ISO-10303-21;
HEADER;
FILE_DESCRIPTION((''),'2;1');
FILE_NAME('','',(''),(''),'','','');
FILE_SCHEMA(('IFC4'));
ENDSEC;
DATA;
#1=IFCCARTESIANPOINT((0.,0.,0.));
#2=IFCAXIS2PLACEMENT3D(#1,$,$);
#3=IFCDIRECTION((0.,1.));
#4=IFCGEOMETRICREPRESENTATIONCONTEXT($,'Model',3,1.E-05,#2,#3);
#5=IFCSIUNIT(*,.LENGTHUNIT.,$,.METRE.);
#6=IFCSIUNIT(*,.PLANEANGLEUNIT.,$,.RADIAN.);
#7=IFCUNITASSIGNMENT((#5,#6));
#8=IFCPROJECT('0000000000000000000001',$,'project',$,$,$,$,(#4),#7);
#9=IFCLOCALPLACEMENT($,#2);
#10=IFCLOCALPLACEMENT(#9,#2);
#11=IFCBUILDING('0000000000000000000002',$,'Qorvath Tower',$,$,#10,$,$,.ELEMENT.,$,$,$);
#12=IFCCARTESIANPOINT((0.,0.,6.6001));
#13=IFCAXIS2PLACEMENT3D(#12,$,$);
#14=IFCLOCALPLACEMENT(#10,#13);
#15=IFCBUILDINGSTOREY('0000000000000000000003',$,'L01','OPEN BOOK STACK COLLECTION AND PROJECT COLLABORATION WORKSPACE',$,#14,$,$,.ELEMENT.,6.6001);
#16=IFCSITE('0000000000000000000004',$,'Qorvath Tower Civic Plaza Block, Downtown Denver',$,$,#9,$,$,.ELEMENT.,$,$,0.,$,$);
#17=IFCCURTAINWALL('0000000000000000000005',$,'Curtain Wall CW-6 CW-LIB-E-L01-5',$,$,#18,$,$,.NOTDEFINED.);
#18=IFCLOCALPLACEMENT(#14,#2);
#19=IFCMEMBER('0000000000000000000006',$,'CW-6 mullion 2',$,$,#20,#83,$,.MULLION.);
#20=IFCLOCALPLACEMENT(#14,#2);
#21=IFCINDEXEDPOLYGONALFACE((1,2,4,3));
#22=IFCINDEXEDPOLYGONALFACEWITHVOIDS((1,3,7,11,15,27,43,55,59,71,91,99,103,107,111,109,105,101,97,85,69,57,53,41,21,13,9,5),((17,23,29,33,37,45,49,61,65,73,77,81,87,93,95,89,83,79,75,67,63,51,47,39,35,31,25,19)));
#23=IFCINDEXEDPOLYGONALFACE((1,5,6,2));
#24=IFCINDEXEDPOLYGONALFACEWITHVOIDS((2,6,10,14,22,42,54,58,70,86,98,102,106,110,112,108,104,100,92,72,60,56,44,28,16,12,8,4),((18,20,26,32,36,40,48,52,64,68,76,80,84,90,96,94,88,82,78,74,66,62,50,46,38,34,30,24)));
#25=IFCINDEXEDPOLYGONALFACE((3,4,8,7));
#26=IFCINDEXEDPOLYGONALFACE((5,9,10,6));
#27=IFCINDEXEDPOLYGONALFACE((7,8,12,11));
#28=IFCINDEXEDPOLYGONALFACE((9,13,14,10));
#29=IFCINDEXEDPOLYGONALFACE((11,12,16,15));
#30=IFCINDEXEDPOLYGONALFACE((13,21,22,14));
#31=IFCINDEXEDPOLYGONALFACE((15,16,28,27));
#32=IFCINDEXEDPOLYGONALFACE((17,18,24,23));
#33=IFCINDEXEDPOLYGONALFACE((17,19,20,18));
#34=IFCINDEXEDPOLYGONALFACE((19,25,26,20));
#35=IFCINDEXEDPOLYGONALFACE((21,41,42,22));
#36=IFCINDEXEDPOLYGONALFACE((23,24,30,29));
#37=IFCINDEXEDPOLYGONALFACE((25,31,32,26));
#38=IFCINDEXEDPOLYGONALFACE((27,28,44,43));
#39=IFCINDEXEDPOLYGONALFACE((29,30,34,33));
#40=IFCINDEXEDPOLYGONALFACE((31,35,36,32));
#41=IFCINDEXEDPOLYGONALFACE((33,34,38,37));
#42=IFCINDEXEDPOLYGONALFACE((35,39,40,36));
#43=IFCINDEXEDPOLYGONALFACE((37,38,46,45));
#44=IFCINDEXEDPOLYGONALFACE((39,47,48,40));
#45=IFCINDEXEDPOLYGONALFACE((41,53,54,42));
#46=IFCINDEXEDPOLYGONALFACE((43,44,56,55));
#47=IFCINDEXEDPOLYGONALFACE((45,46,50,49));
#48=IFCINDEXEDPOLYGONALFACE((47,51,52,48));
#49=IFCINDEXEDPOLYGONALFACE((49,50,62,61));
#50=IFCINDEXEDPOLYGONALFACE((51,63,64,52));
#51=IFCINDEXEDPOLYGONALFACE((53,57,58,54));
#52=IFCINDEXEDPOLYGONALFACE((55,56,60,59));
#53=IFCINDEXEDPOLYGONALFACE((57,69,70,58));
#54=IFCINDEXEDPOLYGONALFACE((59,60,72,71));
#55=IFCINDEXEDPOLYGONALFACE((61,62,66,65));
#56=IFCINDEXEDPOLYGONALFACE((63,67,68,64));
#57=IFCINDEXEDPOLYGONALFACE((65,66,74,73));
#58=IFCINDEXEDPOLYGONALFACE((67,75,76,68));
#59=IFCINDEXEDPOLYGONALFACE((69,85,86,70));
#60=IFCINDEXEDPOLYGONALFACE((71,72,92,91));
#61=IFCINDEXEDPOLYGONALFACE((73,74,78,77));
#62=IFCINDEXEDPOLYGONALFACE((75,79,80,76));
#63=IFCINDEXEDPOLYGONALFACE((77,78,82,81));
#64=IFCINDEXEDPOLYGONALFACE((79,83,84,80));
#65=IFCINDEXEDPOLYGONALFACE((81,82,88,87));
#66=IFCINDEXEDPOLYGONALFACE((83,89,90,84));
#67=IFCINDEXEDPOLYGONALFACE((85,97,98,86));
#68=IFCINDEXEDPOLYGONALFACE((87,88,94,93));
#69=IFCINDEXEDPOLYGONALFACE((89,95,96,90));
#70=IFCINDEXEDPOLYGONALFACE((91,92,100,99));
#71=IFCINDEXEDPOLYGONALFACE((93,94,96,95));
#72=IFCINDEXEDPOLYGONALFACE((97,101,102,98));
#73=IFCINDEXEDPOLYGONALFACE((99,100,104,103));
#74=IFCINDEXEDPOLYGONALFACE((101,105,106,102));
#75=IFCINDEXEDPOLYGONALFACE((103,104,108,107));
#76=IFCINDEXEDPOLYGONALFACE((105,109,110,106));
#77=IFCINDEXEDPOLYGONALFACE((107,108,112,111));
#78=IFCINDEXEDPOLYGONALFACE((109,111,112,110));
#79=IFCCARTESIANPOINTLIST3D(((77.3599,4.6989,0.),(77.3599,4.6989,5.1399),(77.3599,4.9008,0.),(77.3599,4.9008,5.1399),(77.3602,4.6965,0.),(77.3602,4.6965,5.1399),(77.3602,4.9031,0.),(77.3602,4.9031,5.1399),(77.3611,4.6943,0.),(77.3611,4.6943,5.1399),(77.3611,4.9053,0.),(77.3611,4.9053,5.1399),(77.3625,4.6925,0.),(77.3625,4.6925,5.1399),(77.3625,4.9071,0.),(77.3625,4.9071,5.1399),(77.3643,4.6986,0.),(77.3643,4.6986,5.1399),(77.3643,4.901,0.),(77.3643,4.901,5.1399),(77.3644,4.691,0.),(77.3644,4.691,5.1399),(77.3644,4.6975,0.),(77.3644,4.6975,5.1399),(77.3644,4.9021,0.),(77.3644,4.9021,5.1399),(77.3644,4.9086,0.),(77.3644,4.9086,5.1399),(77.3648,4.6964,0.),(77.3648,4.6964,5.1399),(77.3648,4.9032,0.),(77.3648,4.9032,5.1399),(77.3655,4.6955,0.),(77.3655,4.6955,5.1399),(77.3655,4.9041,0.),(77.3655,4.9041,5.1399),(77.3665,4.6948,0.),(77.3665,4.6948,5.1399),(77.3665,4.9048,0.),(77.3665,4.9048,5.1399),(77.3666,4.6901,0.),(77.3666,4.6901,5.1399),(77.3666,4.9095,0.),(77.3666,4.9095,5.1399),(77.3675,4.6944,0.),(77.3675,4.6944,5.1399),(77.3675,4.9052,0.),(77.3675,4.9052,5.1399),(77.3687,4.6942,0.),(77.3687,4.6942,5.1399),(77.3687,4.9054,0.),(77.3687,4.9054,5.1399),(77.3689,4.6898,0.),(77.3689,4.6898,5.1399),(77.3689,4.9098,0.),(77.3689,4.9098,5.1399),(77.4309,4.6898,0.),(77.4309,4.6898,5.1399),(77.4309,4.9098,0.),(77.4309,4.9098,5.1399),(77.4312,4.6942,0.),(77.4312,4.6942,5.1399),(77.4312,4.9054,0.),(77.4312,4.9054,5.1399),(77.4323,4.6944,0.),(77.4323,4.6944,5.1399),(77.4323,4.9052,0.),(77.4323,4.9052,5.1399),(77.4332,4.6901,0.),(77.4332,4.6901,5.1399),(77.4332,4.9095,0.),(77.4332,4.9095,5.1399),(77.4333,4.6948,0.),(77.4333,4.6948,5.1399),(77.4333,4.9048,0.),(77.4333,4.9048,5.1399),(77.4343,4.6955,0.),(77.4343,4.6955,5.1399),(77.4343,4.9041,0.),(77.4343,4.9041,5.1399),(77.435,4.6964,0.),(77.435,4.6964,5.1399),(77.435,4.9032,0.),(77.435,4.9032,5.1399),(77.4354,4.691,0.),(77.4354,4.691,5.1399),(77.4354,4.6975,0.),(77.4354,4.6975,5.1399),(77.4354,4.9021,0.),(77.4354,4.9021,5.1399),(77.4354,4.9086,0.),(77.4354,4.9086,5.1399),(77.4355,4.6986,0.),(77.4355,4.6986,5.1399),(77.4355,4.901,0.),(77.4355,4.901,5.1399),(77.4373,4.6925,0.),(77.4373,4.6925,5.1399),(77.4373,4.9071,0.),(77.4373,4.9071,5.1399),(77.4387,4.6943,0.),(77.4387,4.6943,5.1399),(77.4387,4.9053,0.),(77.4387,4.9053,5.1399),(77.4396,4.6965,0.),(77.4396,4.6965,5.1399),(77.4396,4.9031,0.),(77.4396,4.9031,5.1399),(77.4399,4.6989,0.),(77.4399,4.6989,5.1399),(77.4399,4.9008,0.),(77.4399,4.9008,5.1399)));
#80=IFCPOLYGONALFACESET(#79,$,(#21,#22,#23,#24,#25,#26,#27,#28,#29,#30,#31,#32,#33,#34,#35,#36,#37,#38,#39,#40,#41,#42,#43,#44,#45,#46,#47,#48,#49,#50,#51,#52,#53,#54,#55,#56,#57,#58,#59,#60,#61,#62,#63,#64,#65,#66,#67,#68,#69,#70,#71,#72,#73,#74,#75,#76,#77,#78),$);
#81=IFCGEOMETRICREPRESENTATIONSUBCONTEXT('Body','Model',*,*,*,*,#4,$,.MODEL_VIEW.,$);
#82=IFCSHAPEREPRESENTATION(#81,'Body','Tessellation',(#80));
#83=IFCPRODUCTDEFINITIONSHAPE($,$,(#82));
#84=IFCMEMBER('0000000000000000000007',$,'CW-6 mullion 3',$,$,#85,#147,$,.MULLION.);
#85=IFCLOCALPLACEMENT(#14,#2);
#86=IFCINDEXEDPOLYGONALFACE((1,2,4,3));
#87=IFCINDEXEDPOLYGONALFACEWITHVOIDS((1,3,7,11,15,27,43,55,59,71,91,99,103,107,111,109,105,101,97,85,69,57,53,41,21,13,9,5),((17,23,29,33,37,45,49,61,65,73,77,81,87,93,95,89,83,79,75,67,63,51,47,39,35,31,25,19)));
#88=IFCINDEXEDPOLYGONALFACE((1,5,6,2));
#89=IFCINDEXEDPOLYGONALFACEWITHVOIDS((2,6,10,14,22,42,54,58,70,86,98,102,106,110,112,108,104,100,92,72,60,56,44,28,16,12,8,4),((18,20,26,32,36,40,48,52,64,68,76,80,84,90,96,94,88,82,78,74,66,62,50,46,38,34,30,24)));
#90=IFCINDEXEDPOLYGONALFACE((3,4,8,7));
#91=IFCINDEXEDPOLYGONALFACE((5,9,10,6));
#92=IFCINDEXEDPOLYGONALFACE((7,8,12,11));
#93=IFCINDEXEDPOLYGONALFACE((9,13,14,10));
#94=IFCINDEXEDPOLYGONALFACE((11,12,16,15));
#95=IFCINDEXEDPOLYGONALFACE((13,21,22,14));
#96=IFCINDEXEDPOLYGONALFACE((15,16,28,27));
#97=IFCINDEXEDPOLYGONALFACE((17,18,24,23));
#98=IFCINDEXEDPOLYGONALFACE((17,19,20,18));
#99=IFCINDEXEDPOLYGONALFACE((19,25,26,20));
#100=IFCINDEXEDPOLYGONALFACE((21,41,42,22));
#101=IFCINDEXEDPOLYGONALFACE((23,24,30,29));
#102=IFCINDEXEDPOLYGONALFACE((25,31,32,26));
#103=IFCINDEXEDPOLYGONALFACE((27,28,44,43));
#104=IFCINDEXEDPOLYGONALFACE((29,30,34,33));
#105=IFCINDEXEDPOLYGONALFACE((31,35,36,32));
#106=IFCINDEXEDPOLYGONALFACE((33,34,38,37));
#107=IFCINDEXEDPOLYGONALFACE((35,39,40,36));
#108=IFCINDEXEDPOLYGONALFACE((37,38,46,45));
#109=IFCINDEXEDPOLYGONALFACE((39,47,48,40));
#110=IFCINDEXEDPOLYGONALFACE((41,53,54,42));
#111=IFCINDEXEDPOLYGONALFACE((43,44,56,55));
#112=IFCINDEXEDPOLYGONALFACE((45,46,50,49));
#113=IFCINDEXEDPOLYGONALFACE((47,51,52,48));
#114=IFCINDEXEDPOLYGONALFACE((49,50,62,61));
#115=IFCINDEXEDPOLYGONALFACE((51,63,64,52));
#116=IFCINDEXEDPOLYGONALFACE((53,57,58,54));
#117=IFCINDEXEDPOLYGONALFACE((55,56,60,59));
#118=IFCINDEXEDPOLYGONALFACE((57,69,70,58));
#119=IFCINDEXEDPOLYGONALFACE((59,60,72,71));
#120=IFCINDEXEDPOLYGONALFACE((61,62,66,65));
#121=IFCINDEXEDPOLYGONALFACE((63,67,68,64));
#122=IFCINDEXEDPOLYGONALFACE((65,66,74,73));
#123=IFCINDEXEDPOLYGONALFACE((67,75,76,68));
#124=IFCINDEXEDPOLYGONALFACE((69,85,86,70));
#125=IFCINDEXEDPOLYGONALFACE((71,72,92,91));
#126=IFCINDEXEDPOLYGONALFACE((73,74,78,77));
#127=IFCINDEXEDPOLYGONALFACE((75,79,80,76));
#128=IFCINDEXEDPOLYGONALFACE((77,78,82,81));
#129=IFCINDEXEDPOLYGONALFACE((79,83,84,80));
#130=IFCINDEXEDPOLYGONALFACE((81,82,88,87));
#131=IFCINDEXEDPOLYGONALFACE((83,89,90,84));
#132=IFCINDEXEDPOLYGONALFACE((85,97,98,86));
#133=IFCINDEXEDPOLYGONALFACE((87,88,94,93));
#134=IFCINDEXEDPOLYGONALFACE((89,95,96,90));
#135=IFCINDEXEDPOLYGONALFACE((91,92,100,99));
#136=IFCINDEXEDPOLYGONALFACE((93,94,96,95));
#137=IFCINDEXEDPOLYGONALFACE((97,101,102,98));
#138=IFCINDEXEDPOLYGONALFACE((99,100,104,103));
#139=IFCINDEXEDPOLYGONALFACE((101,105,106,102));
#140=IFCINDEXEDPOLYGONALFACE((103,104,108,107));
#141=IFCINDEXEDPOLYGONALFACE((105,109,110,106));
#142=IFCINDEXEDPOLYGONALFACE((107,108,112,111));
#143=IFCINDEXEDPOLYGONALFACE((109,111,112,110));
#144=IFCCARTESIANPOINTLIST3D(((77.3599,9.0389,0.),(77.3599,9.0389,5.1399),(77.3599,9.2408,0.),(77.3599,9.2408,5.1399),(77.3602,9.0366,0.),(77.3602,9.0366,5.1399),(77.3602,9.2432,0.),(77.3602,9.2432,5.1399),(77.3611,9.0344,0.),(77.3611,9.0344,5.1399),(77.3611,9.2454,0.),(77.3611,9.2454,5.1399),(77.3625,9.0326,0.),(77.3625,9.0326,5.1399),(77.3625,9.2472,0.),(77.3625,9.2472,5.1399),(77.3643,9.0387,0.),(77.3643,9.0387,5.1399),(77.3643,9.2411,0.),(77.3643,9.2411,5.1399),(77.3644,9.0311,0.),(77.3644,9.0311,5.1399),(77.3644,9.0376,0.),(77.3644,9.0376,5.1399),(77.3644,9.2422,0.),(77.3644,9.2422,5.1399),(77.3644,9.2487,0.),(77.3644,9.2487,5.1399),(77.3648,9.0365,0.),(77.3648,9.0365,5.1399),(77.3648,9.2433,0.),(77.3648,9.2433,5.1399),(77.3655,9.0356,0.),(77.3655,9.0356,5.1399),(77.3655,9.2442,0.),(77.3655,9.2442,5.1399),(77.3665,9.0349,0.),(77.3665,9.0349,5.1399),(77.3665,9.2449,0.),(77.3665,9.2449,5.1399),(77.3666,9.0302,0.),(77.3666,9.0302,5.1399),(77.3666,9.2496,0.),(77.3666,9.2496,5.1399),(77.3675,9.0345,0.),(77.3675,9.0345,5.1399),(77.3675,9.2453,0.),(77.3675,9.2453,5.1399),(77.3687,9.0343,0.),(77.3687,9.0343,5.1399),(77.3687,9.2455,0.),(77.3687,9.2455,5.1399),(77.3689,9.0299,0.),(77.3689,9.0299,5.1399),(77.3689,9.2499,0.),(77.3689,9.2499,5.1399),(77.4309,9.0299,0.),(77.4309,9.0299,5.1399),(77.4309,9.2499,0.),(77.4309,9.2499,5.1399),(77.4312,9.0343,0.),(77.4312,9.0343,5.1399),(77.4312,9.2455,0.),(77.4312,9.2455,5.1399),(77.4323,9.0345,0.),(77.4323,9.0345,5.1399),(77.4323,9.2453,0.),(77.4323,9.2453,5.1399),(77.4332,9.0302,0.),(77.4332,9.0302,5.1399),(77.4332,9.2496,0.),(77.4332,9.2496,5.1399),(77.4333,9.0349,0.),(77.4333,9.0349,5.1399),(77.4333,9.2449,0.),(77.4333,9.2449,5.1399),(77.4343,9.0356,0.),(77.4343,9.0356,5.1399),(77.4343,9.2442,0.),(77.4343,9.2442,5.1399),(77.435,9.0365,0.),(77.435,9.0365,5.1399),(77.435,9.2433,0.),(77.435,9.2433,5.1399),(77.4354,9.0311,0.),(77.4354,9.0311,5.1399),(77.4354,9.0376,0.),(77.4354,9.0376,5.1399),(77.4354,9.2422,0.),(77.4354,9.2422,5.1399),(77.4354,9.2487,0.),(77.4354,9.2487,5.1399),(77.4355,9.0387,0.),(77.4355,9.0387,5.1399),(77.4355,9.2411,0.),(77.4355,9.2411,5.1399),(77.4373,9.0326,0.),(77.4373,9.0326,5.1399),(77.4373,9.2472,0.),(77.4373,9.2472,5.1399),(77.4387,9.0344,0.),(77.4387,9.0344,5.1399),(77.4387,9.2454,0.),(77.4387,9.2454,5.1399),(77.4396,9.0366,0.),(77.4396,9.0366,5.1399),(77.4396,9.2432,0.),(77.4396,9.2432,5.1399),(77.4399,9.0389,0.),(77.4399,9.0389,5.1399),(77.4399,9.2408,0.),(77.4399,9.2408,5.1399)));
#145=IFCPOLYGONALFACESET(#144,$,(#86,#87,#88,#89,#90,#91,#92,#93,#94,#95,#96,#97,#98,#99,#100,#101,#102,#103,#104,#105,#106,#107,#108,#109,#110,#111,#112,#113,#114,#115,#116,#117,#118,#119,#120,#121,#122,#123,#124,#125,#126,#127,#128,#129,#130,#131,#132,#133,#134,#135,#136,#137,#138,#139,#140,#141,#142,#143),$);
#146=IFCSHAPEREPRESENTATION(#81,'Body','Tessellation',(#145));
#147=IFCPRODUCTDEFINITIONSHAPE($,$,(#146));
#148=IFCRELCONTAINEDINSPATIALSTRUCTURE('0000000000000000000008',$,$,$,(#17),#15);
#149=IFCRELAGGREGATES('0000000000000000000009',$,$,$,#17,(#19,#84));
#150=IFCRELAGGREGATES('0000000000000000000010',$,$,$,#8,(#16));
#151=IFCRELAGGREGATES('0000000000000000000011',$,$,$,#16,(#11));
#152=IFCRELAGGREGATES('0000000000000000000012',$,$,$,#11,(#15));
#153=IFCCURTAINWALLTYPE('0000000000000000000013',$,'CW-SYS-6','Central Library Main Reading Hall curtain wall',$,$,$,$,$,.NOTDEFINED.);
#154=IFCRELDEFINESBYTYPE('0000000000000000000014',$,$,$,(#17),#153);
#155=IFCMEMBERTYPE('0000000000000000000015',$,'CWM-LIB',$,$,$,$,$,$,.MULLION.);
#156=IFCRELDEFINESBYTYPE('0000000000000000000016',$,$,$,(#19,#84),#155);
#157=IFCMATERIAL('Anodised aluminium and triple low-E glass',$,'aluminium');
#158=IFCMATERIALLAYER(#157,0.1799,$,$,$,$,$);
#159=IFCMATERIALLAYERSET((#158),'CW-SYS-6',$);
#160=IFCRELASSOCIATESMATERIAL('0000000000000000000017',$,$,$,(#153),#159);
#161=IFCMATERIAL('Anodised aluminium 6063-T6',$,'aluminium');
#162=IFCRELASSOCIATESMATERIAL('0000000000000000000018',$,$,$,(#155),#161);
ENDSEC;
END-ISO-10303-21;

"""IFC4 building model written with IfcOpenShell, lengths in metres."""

from ifc_helpers import new_model, si_unit, direction, frame, origin, origin_2d, place, context, subcontext, project, spatial, hollow_rectangle, extrude, material, layer, layer_set, material_profile, profile_set, type_object, element, aggregate, save


model = new_model("IFC4")

# Units and contexts
model_context = context("Model", 3, precision=1e-05, world=origin(), true_north=direction((0.0, 1.0)))
body_context = subcontext(model_context, "Body", "Model", "MODEL_VIEW")
ifc_project = project(units=[si_unit("LENGTHUNIT", "METRE"), si_unit("PLANEANGLEUNIT", "RADIAN")], contexts=[model_context])

# Site, building, storey
site_placement = place(None, origin())
site = spatial("IfcSite", under=ifc_project, at=site_placement, Name="Qorvath Tower Civic Plaza Block, Downtown Denver", CompositionType="ELEMENT", RefElevation=0.0)
building_placement = place(site_placement, origin())
building = spatial("IfcBuilding", under=site, at=building_placement, Name="Qorvath Tower", CompositionType="ELEMENT")
storey_placement = place(building_placement, frame((0.0, 0.0, 6.6001)))
storey = spatial("IfcBuildingStorey", under=building, at=storey_placement, Name="L01", Description="OPEN BOOK STACK COLLECTION AND PROJECT COLLABORATION WORKSPACE", CompositionType="ELEMENT", Elevation=6.6001)

# Curtain wall, members
ifc_material_1 = material(Name="Anodised aluminium and triple low-E glass", Category="aluminium")
ifc_layer_1 = layer(ifc_material_1, 0.1799)
ifc_layer_set_1 = layer_set([ifc_layer_1], Name="CW-SYS-6")
curtain_wall_type = type_object("IfcCurtainWallType", Name="CW-SYS-6", Description="Central Library Main Reading Hall curtain wall", PredefinedType="NOTDEFINED", material=ifc_layer_set_1)
curtain_wall_1_placement = place(storey_placement, origin())
curtain_wall_1 = element("IfcCurtainWall", 1, at=curtain_wall_1_placement, inside=storey, type_object=curtain_wall_type, Name="Curtain Wall CW-6 CW-LIB-E-L01-5", PredefinedType="NOTDEFINED")
ifc_material_2 = material(Name="Anodised aluminium 6063-T6", Category="aluminium")
ifc_material_profile_1 = material_profile(ifc_material_2, hollow_rectangle(XDim=0.0801, YDim=0.22, WallThickness=0.0044, InnerFilletRadius=0.0044, OuterFilletRadius=0.009, at=origin_2d()), Name="CWM LIB 220x80")
ifc_profile_set_1 = profile_set([ifc_material_profile_1], Name="Anodised aluminium 6063-T6")
member_type_1 = type_object("IfcMemberType", Name="CWM-LIB", PredefinedType="MULLION", material=ifc_profile_set_1)
member_1_placement = place(storey_placement, frame((77.3999, 4.7998, 0.0), z_axis=(0.0, 0.0, 1.0), x_axis=(-1.0, 0.0, 0.0)))
member_1 = element("IfcMember", 2, at=member_1_placement, type_object=member_type_1, Name="CW-6 mullion 2", PredefinedType="MULLION", context=body_context, shape_type="SweptSolid", body=[
    extrude(hollow_rectangle(XDim=0.0801, YDim=0.22, WallThickness=0.0044, InnerFilletRadius=0.0044, OuterFilletRadius=0.009, at=origin_2d()), origin(), (0.0, 0.0, 1.0), 5.1399),
])
member_2_placement = place(storey_placement, frame((77.3999, 9.1399, 0.0), z_axis=(0.0, 0.0, 1.0), x_axis=(-1.0, 0.0, 0.0)))
member_2 = element("IfcMember", 3, at=member_2_placement, type_object=member_type_1, Name="CW-6 mullion 3", PredefinedType="MULLION", context=body_context, shape_type="SweptSolid", body=[
    extrude(hollow_rectangle(XDim=0.0801, YDim=0.22, WallThickness=0.0044, InnerFilletRadius=0.0044, OuterFilletRadius=0.009, at=origin_2d()), origin(), (0.0, 0.0, 1.0), 5.1399),
])

aggregate(curtain_wall_1, [member_1, member_2])

save(model, "model.ifc")
